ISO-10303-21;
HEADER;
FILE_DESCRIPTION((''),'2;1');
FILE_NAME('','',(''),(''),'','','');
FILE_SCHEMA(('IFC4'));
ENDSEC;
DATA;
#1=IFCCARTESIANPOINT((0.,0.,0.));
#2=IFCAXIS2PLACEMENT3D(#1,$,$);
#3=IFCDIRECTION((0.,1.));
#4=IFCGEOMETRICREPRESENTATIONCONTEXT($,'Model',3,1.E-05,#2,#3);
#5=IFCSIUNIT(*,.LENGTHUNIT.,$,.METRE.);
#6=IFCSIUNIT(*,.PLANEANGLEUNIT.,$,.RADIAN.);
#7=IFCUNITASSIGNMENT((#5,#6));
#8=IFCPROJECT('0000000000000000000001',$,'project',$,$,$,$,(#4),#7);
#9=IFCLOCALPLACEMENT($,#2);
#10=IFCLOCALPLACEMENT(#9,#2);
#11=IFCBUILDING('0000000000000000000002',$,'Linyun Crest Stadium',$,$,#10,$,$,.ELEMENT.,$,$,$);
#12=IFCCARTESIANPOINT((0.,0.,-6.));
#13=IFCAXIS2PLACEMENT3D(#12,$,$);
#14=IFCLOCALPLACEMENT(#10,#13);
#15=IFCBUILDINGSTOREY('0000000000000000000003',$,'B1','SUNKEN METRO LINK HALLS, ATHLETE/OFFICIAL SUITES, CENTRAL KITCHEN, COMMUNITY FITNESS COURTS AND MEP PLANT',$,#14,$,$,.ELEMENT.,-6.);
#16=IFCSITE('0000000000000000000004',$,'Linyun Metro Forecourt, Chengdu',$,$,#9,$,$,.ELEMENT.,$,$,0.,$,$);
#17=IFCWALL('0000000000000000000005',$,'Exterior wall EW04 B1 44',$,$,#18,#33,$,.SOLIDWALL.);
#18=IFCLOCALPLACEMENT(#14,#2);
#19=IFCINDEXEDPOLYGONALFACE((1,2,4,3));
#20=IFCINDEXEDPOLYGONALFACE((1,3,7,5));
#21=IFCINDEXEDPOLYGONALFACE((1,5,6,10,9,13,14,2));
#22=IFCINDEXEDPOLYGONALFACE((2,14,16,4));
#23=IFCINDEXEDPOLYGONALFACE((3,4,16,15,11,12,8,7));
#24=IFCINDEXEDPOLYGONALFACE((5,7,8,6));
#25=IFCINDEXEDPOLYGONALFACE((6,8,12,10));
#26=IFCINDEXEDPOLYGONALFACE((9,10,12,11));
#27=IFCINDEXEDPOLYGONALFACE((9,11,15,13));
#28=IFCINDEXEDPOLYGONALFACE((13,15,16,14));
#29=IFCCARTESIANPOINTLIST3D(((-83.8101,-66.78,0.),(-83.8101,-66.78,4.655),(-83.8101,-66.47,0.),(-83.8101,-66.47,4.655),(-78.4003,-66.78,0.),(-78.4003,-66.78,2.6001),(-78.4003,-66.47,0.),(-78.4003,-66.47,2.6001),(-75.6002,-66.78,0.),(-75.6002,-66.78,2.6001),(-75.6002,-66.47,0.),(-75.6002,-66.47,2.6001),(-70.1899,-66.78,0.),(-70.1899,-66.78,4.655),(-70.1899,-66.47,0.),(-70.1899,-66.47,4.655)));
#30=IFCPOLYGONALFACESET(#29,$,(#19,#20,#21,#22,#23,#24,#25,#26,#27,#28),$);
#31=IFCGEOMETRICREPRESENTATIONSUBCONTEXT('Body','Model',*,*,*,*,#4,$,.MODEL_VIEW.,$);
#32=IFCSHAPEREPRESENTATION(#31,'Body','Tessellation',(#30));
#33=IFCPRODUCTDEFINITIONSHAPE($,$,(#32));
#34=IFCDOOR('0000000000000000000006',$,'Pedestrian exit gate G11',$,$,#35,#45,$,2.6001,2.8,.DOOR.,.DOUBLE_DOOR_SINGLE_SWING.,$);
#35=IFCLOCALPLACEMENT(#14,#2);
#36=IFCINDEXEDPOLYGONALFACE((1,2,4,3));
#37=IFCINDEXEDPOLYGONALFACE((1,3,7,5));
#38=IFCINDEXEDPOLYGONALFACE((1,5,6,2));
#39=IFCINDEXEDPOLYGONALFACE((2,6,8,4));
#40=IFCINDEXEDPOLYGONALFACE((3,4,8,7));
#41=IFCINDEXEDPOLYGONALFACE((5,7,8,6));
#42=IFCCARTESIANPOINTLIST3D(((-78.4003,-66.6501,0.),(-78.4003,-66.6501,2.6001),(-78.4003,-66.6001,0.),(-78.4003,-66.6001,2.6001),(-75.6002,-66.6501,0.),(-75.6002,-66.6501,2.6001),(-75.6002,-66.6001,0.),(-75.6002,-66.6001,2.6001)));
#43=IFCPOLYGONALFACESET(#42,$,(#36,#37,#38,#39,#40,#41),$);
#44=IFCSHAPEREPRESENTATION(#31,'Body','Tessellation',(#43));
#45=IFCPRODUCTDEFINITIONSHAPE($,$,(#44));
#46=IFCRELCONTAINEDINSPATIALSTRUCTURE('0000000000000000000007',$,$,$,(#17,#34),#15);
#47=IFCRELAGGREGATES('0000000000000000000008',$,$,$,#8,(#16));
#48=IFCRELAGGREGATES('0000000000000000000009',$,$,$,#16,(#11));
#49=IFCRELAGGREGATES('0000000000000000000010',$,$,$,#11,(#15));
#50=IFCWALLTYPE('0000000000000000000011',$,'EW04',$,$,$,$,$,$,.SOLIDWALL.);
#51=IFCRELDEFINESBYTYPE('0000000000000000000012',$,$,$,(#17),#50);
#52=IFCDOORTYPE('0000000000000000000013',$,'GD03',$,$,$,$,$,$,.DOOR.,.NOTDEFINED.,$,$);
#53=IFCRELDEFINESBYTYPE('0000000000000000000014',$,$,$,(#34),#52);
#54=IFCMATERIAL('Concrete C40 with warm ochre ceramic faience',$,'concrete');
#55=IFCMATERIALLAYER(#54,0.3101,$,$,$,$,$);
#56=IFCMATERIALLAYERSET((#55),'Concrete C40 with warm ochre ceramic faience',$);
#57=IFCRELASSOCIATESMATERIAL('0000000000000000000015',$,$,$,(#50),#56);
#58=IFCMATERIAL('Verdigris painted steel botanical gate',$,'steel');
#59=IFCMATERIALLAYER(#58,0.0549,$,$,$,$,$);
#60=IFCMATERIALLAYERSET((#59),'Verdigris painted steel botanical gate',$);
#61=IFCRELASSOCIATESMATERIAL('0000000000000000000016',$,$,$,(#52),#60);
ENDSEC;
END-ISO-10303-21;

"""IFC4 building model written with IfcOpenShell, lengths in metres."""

from ifc_helpers import new_model, si_unit, direction, frame, frame_2d, origin, place, context, subcontext, project, spatial, rectangle, extrude, material, layer, layer_set, type_object, element, fill, save


model = new_model("IFC4")

# Units and contexts
model_context = context("Model", 3, precision=1e-05, world=origin(), true_north=direction((0.0, 1.0)))
body_context = subcontext(model_context, "Body", "Model", "MODEL_VIEW")
ifc_project = project(units=[si_unit("LENGTHUNIT", "METRE"), si_unit("PLANEANGLEUNIT", "RADIAN")], contexts=[model_context])

# Site, building, storey
site_placement = place(None, origin())
site = spatial("IfcSite", under=ifc_project, at=site_placement, Name="Linyun Metro Forecourt, Chengdu", CompositionType="ELEMENT", RefElevation=0.0)
building_placement = place(site_placement, origin())
building = spatial("IfcBuilding", under=site, at=building_placement, Name="Linyun Crest Stadium", CompositionType="ELEMENT")
storey_placement = place(building_placement, frame((0.0, 0.0, -6.0)))
storey = spatial("IfcBuildingStorey", under=building, at=storey_placement, Name="B1", Description="SUNKEN METRO LINK HALLS, ATHLETE/OFFICIAL SUITES, CENTRAL KITCHEN, COMMUNITY FITNESS COURTS AND MEP PLANT", CompositionType="ELEMENT", Elevation=-6.0)

# Wall, opening, door
ifc_material_1 = material(Name="Concrete C40 with warm ochre ceramic faience", Category="concrete")
ifc_layer_1 = layer(ifc_material_1, 0.3101)
ifc_layer_set_1 = layer_set([ifc_layer_1], Name="Concrete C40 with warm ochre ceramic faience")
wall_type = type_object("IfcWallType", Name="EW04", PredefinedType="SOLIDWALL", material=ifc_layer_set_1)
ifc_material_2 = material(Name="Verdigris painted steel botanical gate", Category="steel")
ifc_layer_2 = layer(ifc_material_2, 0.0549)
ifc_layer_set_2 = layer_set([ifc_layer_2], Name="Verdigris painted steel botanical gate")
door_type = type_object("IfcDoorType", Name="GD03", OperationType="NOTDEFINED", PredefinedType="DOOR", material=ifc_layer_set_2)
wall_1_placement = place(storey_placement, frame((-83.8101, -66.625, 0.0), z_axis=(0.0, 0.0, 1.0), x_axis=(1.0, 0.0, 0.0)))
wall_1 = element("IfcWall", 1, at=wall_1_placement, inside=storey, type_object=wall_type, Name="Exterior wall EW04 B1 44", PredefinedType="SOLIDWALL", context=body_context, shape_type="SweptSolid", body=[
    extrude(rectangle(XDim=13.6201, YDim=0.3101, at=frame_2d((6.8101, 0.0))), origin(), (0.0, 0.0, 1.0), 4.655),
])
opening_1_placement = place(wall_1_placement, frame((5.4099, 0.0, 0.0)))
opening_1 = element("IfcOpeningElement", 2, at=opening_1_placement, cuts=wall_1, PredefinedType="OPENING", context=body_context, shape_type="SweptSolid", body=[
    extrude(rectangle(XDim=2.8, YDim=2.6001, at=frame_2d((1.3999, 1.3))), frame((0.0, 0.165, 0.0), z_axis=(0.0, -1.0, 0.0), x_axis=(1.0, 0.0, 0.0)), (0.0, 0.0, 1.0), 0.3301),
])
door_1_placement = place(opening_1_placement, origin())
door_1 = element("IfcDoor", 3, at=door_1_placement, inside=storey, type_object=door_type, Name="Pedestrian exit gate G11", OperationType="DOUBLE_DOOR_SINGLE_SWING", OverallHeight=2.6001, OverallWidth=2.8, PredefinedType="DOOR", context=body_context, shape_type="SweptSolid", body=[
    extrude(rectangle(XDim=2.8, YDim=2.6001, at=frame_2d((1.3999, 1.3))), frame((0.0, 0.0249, 0.0), z_axis=(0.0, -1.0, 0.0), x_axis=(1.0, 0.0, 0.0)), (0.0, 0.0, 1.0), 0.05),
])
fill(opening_1, door_1)

save(model, "model.ifc")
